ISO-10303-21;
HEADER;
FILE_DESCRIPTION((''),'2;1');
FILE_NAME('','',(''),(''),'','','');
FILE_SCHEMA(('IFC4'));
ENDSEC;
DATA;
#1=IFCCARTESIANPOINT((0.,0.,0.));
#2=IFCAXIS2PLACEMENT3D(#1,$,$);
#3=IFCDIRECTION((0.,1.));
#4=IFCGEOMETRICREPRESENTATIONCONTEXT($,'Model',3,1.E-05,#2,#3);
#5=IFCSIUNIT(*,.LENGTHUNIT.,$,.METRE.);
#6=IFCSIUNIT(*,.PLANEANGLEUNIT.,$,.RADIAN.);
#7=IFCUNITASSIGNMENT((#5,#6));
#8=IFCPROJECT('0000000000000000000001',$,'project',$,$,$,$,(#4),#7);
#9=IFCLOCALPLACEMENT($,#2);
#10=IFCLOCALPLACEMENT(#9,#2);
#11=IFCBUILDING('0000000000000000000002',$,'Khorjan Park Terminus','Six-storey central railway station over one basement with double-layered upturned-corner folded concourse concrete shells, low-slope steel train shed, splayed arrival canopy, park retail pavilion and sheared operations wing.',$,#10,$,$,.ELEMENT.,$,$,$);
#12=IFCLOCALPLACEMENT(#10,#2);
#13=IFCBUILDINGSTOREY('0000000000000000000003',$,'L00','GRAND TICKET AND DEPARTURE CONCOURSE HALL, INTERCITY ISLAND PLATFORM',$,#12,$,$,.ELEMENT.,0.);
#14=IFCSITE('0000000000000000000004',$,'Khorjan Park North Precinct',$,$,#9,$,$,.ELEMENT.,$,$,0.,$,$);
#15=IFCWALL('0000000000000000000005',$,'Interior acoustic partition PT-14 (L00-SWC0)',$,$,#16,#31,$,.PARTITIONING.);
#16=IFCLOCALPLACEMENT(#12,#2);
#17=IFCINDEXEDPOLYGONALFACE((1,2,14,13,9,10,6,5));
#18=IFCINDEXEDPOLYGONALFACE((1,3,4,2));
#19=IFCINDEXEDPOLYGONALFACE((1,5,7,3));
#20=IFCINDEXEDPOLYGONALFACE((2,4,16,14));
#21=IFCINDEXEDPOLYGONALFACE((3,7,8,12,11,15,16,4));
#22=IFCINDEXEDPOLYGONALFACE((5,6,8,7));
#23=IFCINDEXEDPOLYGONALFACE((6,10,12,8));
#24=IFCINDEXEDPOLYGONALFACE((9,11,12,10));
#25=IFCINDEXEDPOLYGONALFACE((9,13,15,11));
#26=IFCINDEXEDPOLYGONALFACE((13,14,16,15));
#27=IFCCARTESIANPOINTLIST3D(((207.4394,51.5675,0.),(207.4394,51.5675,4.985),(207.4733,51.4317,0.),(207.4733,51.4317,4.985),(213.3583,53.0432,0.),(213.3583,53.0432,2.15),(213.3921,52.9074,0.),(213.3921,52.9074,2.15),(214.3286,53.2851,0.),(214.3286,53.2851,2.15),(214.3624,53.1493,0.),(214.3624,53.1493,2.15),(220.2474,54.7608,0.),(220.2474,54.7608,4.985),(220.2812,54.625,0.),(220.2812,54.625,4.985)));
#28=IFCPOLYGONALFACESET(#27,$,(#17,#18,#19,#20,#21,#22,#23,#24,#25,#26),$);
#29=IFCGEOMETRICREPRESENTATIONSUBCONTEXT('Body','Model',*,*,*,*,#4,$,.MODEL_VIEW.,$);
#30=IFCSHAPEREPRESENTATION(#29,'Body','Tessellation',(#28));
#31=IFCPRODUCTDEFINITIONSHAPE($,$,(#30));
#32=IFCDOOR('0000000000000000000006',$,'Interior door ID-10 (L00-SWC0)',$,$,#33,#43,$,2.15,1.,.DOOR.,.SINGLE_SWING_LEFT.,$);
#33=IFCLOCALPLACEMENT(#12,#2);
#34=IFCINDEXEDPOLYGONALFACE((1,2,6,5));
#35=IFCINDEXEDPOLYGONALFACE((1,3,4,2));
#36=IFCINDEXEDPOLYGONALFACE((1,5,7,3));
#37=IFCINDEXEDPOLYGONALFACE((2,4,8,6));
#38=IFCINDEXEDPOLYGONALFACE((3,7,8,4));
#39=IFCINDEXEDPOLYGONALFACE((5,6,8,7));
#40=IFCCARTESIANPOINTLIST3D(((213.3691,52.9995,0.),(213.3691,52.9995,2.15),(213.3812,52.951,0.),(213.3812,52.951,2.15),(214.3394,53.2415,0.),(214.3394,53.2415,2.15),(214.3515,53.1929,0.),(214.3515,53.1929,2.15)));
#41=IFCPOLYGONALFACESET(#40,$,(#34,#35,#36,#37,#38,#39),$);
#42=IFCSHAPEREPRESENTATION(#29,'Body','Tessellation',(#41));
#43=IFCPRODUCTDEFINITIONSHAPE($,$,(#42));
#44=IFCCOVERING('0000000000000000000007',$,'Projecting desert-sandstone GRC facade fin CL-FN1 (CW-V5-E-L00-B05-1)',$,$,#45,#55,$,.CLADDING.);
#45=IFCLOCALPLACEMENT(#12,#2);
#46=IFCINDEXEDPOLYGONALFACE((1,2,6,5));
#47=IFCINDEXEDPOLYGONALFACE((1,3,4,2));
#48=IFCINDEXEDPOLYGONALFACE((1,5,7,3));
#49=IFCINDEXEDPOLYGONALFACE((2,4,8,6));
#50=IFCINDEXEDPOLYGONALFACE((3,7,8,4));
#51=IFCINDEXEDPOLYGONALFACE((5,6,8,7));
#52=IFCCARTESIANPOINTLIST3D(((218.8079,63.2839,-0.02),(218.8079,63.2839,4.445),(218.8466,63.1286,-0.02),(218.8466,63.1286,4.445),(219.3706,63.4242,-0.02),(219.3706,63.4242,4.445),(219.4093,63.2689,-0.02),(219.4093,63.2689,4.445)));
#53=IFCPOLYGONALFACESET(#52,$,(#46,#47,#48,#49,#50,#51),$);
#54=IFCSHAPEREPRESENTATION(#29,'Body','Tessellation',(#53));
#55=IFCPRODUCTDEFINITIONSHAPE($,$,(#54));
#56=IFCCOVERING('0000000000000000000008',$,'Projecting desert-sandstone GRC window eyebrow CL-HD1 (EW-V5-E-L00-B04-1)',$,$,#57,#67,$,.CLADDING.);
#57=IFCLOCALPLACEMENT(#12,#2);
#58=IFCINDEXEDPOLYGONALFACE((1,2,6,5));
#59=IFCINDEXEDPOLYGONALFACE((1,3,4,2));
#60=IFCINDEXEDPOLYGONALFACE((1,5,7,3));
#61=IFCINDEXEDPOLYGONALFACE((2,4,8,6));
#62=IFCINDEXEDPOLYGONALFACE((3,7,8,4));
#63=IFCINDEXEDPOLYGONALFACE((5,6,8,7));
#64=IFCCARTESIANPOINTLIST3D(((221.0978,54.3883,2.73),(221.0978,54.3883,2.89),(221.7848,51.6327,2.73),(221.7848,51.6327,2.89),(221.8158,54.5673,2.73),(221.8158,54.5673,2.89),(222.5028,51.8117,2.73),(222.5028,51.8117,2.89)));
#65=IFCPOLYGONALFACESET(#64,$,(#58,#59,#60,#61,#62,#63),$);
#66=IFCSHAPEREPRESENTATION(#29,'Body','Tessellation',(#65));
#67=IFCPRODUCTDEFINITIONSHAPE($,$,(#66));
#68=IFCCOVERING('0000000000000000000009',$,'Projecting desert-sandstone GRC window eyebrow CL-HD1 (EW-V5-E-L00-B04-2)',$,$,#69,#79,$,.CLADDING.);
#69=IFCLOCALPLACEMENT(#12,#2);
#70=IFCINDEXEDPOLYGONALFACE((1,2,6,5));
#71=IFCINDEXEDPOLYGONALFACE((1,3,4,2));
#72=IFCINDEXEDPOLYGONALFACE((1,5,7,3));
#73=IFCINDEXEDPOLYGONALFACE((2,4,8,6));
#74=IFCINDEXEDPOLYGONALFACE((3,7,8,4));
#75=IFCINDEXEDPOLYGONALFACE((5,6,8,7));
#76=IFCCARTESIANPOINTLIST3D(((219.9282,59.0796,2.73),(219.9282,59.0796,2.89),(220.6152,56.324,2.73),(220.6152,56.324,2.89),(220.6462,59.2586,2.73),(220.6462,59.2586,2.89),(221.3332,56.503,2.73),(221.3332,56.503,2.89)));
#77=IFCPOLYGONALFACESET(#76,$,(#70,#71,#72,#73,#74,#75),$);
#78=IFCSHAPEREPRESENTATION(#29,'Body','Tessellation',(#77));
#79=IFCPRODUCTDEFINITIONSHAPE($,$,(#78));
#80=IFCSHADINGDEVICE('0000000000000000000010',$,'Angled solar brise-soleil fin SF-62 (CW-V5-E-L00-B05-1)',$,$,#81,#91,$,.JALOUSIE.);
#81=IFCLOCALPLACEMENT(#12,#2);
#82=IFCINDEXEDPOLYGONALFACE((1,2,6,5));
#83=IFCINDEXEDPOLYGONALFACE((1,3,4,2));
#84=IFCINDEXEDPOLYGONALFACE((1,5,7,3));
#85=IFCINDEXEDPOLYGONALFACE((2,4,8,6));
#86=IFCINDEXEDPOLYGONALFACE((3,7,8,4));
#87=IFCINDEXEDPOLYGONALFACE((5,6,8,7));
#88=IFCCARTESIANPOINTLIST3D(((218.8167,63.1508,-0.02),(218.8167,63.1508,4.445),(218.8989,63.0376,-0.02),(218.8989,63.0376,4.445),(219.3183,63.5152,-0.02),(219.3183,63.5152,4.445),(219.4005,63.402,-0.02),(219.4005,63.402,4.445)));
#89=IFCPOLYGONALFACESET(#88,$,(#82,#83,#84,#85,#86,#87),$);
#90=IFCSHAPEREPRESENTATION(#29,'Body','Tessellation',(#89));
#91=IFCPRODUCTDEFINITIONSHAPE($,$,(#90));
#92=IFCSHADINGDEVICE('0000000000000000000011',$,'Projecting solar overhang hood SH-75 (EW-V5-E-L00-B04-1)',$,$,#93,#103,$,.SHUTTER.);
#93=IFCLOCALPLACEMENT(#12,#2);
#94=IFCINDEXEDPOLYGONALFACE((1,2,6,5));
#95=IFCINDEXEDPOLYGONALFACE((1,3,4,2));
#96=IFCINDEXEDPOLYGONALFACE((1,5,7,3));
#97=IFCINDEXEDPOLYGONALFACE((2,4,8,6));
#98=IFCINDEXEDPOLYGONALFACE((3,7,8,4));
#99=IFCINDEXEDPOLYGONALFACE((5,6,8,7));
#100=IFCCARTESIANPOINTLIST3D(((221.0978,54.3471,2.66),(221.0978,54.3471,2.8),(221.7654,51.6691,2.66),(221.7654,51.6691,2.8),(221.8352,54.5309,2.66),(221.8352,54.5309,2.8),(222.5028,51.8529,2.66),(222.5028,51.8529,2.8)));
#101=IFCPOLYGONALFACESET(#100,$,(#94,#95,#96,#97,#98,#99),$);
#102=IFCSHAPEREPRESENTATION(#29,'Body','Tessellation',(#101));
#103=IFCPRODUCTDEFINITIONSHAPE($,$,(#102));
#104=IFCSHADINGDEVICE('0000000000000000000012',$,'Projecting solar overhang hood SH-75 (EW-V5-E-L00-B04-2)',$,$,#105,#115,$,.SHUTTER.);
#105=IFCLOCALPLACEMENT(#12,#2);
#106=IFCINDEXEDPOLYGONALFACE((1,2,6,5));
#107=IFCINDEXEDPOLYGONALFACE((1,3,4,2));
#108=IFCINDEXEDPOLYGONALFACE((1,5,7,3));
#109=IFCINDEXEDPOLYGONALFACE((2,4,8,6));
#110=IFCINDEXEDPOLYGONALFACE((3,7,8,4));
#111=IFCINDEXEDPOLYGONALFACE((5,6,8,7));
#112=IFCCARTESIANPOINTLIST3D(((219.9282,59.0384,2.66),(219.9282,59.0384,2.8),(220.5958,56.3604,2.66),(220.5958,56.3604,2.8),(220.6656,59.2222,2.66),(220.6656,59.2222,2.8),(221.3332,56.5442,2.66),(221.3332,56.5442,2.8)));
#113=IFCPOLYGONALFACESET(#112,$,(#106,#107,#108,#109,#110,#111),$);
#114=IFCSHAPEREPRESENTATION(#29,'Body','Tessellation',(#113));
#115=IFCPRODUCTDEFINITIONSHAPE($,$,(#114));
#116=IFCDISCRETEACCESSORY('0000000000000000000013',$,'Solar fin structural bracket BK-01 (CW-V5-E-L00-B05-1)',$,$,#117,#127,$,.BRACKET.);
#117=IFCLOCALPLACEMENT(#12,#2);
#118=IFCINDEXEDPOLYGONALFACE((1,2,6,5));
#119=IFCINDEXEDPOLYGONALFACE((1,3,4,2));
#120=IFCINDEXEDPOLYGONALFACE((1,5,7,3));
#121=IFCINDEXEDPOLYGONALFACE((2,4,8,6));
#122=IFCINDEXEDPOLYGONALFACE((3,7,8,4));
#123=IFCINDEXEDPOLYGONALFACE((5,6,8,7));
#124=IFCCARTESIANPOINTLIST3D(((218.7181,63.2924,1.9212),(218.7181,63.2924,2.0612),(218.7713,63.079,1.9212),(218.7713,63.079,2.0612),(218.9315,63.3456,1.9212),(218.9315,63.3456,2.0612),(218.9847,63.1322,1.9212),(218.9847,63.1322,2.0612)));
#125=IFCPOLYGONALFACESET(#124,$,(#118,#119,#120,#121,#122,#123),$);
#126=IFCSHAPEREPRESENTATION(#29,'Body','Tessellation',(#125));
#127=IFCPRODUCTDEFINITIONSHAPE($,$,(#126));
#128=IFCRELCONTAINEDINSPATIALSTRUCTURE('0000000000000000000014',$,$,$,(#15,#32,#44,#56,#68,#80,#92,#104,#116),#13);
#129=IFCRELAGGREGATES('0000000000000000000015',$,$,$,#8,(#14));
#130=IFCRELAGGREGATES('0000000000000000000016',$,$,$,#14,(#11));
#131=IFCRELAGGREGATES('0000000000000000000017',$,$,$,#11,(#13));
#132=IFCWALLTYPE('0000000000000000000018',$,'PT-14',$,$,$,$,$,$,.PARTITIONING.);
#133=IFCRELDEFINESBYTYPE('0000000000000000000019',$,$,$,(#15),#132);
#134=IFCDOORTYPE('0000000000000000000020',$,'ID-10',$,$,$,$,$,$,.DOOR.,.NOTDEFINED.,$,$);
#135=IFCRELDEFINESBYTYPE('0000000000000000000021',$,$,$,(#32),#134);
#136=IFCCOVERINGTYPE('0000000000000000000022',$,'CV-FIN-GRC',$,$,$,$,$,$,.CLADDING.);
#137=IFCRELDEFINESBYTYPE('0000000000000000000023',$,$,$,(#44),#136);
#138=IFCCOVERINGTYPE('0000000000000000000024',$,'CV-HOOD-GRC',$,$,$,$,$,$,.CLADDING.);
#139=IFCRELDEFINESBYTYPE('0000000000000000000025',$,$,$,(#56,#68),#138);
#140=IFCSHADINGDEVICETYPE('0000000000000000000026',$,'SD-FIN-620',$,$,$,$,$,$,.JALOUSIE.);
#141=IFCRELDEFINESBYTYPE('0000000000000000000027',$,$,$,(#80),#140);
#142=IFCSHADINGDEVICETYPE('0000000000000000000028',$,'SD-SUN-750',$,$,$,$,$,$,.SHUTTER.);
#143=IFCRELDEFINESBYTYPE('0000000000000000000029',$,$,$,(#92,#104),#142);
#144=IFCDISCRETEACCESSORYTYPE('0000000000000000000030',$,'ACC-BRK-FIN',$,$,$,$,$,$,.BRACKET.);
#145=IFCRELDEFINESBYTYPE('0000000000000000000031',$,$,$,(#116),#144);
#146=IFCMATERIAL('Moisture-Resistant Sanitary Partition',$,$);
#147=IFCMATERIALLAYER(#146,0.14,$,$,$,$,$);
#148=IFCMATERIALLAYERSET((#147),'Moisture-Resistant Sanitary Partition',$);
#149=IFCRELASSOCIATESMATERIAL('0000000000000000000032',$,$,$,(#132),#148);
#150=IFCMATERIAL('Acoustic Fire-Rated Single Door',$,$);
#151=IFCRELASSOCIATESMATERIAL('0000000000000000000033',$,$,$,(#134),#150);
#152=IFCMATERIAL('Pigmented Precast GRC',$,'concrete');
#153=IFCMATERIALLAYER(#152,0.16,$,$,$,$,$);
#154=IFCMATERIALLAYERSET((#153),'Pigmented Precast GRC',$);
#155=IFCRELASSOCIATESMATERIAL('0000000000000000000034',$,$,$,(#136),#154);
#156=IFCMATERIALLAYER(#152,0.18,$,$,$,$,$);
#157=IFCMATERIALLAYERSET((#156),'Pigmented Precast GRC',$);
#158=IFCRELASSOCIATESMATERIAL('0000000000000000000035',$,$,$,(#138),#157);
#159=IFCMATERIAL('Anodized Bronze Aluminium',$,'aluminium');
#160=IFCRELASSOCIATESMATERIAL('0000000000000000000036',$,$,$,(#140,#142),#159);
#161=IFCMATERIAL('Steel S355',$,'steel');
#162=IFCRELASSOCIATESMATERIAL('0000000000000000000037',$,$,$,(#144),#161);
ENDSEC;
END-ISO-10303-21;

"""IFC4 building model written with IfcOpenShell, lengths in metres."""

from ifc_helpers import new_model, si_unit, direction, frame, frame_2d, origin, origin_2d, place, context, subcontext, project, spatial, rectangle, extrude, material, layer, layer_set, type_object, element, fill, save


model = new_model("IFC4")

# Units and contexts
model_context = context("Model", 3, precision=1e-05, world=origin(), true_north=direction((0.0, 1.0)))
body_context = subcontext(model_context, "Body", "Model", "MODEL_VIEW")
ifc_project = project(units=[si_unit("LENGTHUNIT", "METRE"), si_unit("PLANEANGLEUNIT", "RADIAN")], contexts=[model_context])

# Site, building, storey
site_placement = place(None, origin())
site = spatial("IfcSite", under=ifc_project, at=site_placement, Name="Khorjan Park North Precinct", CompositionType="ELEMENT", RefElevation=0.0)
building_placement = place(site_placement, origin())
building = spatial("IfcBuilding", under=site, at=building_placement, Name="Khorjan Park Terminus", Description="Six-storey central railway station over one basement with double-layered upturned-corner folded concourse concrete shells, low-slope steel train shed, splayed arrival canopy, park retail pavilion and sheared operations wing.", CompositionType="ELEMENT")
storey_placement = place(building_placement, origin())
storey = spatial("IfcBuildingStorey", under=building, at=storey_placement, Name="L00", Description="GRAND TICKET AND DEPARTURE CONCOURSE HALL, INTERCITY ISLAND PLATFORM", CompositionType="ELEMENT", Elevation=0.0)

# Shared definitions
ifc_material_1 = material(Name="Steel S355", Category="steel")

# Shared definitions
ifc_material_2 = material(Name="Anodized Bronze Aluminium", Category="aluminium")

# Wall, opening, door
ifc_material_3 = material(Name="Moisture-Resistant Sanitary Partition")
ifc_layer_1 = layer(ifc_material_3, 0.14)
ifc_layer_set_1 = layer_set([ifc_layer_1], Name="Moisture-Resistant Sanitary Partition")
wall_type_1 = type_object("IfcWallType", Name="PT-14", PredefinedType="PARTITIONING", material=ifc_layer_set_1)
wall_1_placement = place(storey_placement, frame((220.2643, 54.6929, 0.0), z_axis=(0.0, 0.0, 1.0), x_axis=(-0.970297, -0.241917, 0.0)))
wall_1 = element("IfcWall", 1, at=wall_1_placement, inside=storey, type_object=wall_type_1, Name="Interior acoustic partition PT-14 (L00-SWC0)", PredefinedType="PARTITIONING", context=body_context, shape_type="SweptSolid", body=[
    extrude(rectangle(XDim=13.2, YDim=0.14, at=frame_2d((6.6, 0.0))), origin(), (0.0, 0.0, 1.0), 4.985),
])
opening_1_placement = place(wall_1_placement, frame((6.1, 0.0, 0.0)))
opening_1 = element("IfcOpeningElement", 2, at=opening_1_placement, cuts=wall_1, PredefinedType="OPENING", context=body_context, shape_type="SweptSolid", body=[
    extrude(rectangle(XDim=1.0, YDim=2.15, at=frame_2d((0.5, 1.075))), frame((0.0, 0.08, 0.0), z_axis=(0.0, -1.0, 0.0), x_axis=(1.0, 0.0, 0.0)), (0.0, 0.0, 1.0), 0.16),
])
ifc_material_4 = material(Name="Acoustic Fire-Rated Single Door")
door_type = type_object("IfcDoorType", Name="ID-10", OperationType="NOTDEFINED", PredefinedType="DOOR", material=ifc_material_4)
door_placement = place(opening_1_placement, origin())
door = element("IfcDoor", 3, at=door_placement, inside=storey, type_object=door_type, Name="Interior door ID-10 (L00-SWC0)", OperationType="SINGLE_SWING_LEFT", OverallHeight=2.15, OverallWidth=1.0, PredefinedType="DOOR", context=body_context, shape_type="SweptSolid", body=[
    extrude(rectangle(XDim=1.0, YDim=2.15, at=frame_2d((0.5, 1.075))), frame((0.0, 0.025, 0.0), z_axis=(0.0, -1.0, 0.0), x_axis=(1.0, 0.0, 0.0)), (0.0, 0.0, 1.0), 0.05),
])
fill(opening_1, door)

# Coverings
ifc_material_5 = material(Name="Pigmented Precast GRC", Category="concrete")
ifc_layer_2 = layer(ifc_material_5, 0.16)
ifc_layer_set_2 = layer_set([ifc_layer_2], Name="Pigmented Precast GRC")
covering_type_1 = type_object("IfcCoveringType", Name="CV-FIN-GRC", PredefinedType="CLADDING", material=ifc_layer_set_2)
covering_placement = place(storey_placement, frame((219.1086, 63.2764, -0.02), z_axis=(0.0, 0.0, 1.0), x_axis=(-0.970296, -0.241922, 0.0)))
element("IfcCovering", 4, at=covering_placement, inside=storey, type_object=covering_type_1, Name="Projecting desert-sandstone GRC facade fin CL-FN1 (CW-V5-E-L00-B05-1)", PredefinedType="CLADDING", context=body_context, shape_type="SweptSolid", body=[
    extrude(rectangle(XDim=0.58, YDim=0.16, at=origin_2d()), origin(), (0.0, 0.0, 1.0), 4.465),
])
ifc_layer_3 = layer(ifc_material_5, 0.18)
ifc_layer_set_3 = layer_set([ifc_layer_3], Name="Pigmented Precast GRC")
covering_type_2 = type_object("IfcCoveringType", Name="CV-HOOD-GRC", PredefinedType="CLADDING", material=ifc_layer_set_3)
for number, where, z_axis, x_axis, name in (
    (5, (221.8003, 53.1, 2.73), (0.0, 0.0, 1.0), (-0.24191, 0.970299, 0.0), "Projecting desert-sandstone GRC window eyebrow CL-HD1 (EW-V5-E-L00-B04-1)"),
    (6, (220.6307, 57.7913, 2.73), (0.0, 0.0, 1.0), (-0.24191, 0.970299, 0.0), "Projecting desert-sandstone GRC window eyebrow CL-HD1 (EW-V5-E-L00-B04-2)"),
):
    element("IfcCovering", number, at=place(storey_placement, frame(where, z_axis=z_axis, x_axis=x_axis)), inside=storey, type_object=covering_type_2, Name=name, PredefinedType="CLADDING", context=body_context, shape_type="SweptSolid", body=[
        extrude(rectangle(XDim=2.84, YDim=0.74, at=origin_2d()), origin(), (0.0, 0.0, 1.0), 0.16),
    ])

# Shading devices
shading_device_type_1 = type_object("IfcShadingDeviceType", Name="SD-FIN-620", PredefinedType="JALOUSIE", material=ifc_material_2)
shading_device_placement = place(storey_placement, frame((219.1086, 63.2764, -0.02), z_axis=(0.0, 0.0, 1.0), x_axis=(-0.809017, -0.587785, 0.0)))
element("IfcShadingDevice", 7, at=shading_device_placement, inside=storey, type_object=shading_device_type_1, Name="Angled solar brise-soleil fin SF-62 (CW-V5-E-L00-B05-1)", PredefinedType="JALOUSIE", context=body_context, shape_type="SweptSolid", body=[
    extrude(rectangle(XDim=0.62, YDim=0.14, at=origin_2d()), origin(), (0.0, 0.0, 1.0), 4.465),
])
shading_device_type_2 = type_object("IfcShadingDeviceType", Name="SD-SUN-750", PredefinedType="SHUTTER", material=ifc_material_2)
for number, where, z_axis, x_axis, name in (
    (8, (221.8003, 53.1, 2.66), (0.0, 0.0, 1.0), (-0.24191, 0.970299, 0.0), "Projecting solar overhang hood SH-75 (EW-V5-E-L00-B04-1)"),
    (9, (220.6307, 57.7913, 2.66), (0.0, 0.0, 1.0), (-0.24191, 0.970299, 0.0), "Projecting solar overhang hood SH-75 (EW-V5-E-L00-B04-2)"),
):
    element("IfcShadingDevice", number, at=place(storey_placement, frame(where, z_axis=z_axis, x_axis=x_axis)), inside=storey, type_object=shading_device_type_2, Name=name, PredefinedType="SHUTTER", context=body_context, shape_type="SweptSolid", body=[
        extrude(rectangle(XDim=2.76, YDim=0.76, at=origin_2d()), origin(), (0.0, 0.0, 1.0), 0.14),
    ])

# Discrete accessory
discrete_accessory_type = type_object("IfcDiscreteAccessoryType", Name="ACC-BRK-FIN", PredefinedType="BRACKET", material=ifc_material_1)
discrete_accessory_placement = place(storey_placement, frame((218.8514, 63.2123, 1.9212), z_axis=(0.0, 0.0, 1.0), x_axis=(-0.241935, 0.970292, 0.0)))
element("IfcDiscreteAccessory", 10, at=discrete_accessory_placement, inside=storey, type_object=discrete_accessory_type, Name="Solar fin structural bracket BK-01 (CW-V5-E-L00-B05-1)", PredefinedType="BRACKET", context=body_context, shape_type="SweptSolid", body=[
    extrude(rectangle(XDim=0.22, YDim=0.22, at=origin_2d()), origin(), (0.0, 0.0, 1.0), 0.14),
])

save(model, "model.ifc")
